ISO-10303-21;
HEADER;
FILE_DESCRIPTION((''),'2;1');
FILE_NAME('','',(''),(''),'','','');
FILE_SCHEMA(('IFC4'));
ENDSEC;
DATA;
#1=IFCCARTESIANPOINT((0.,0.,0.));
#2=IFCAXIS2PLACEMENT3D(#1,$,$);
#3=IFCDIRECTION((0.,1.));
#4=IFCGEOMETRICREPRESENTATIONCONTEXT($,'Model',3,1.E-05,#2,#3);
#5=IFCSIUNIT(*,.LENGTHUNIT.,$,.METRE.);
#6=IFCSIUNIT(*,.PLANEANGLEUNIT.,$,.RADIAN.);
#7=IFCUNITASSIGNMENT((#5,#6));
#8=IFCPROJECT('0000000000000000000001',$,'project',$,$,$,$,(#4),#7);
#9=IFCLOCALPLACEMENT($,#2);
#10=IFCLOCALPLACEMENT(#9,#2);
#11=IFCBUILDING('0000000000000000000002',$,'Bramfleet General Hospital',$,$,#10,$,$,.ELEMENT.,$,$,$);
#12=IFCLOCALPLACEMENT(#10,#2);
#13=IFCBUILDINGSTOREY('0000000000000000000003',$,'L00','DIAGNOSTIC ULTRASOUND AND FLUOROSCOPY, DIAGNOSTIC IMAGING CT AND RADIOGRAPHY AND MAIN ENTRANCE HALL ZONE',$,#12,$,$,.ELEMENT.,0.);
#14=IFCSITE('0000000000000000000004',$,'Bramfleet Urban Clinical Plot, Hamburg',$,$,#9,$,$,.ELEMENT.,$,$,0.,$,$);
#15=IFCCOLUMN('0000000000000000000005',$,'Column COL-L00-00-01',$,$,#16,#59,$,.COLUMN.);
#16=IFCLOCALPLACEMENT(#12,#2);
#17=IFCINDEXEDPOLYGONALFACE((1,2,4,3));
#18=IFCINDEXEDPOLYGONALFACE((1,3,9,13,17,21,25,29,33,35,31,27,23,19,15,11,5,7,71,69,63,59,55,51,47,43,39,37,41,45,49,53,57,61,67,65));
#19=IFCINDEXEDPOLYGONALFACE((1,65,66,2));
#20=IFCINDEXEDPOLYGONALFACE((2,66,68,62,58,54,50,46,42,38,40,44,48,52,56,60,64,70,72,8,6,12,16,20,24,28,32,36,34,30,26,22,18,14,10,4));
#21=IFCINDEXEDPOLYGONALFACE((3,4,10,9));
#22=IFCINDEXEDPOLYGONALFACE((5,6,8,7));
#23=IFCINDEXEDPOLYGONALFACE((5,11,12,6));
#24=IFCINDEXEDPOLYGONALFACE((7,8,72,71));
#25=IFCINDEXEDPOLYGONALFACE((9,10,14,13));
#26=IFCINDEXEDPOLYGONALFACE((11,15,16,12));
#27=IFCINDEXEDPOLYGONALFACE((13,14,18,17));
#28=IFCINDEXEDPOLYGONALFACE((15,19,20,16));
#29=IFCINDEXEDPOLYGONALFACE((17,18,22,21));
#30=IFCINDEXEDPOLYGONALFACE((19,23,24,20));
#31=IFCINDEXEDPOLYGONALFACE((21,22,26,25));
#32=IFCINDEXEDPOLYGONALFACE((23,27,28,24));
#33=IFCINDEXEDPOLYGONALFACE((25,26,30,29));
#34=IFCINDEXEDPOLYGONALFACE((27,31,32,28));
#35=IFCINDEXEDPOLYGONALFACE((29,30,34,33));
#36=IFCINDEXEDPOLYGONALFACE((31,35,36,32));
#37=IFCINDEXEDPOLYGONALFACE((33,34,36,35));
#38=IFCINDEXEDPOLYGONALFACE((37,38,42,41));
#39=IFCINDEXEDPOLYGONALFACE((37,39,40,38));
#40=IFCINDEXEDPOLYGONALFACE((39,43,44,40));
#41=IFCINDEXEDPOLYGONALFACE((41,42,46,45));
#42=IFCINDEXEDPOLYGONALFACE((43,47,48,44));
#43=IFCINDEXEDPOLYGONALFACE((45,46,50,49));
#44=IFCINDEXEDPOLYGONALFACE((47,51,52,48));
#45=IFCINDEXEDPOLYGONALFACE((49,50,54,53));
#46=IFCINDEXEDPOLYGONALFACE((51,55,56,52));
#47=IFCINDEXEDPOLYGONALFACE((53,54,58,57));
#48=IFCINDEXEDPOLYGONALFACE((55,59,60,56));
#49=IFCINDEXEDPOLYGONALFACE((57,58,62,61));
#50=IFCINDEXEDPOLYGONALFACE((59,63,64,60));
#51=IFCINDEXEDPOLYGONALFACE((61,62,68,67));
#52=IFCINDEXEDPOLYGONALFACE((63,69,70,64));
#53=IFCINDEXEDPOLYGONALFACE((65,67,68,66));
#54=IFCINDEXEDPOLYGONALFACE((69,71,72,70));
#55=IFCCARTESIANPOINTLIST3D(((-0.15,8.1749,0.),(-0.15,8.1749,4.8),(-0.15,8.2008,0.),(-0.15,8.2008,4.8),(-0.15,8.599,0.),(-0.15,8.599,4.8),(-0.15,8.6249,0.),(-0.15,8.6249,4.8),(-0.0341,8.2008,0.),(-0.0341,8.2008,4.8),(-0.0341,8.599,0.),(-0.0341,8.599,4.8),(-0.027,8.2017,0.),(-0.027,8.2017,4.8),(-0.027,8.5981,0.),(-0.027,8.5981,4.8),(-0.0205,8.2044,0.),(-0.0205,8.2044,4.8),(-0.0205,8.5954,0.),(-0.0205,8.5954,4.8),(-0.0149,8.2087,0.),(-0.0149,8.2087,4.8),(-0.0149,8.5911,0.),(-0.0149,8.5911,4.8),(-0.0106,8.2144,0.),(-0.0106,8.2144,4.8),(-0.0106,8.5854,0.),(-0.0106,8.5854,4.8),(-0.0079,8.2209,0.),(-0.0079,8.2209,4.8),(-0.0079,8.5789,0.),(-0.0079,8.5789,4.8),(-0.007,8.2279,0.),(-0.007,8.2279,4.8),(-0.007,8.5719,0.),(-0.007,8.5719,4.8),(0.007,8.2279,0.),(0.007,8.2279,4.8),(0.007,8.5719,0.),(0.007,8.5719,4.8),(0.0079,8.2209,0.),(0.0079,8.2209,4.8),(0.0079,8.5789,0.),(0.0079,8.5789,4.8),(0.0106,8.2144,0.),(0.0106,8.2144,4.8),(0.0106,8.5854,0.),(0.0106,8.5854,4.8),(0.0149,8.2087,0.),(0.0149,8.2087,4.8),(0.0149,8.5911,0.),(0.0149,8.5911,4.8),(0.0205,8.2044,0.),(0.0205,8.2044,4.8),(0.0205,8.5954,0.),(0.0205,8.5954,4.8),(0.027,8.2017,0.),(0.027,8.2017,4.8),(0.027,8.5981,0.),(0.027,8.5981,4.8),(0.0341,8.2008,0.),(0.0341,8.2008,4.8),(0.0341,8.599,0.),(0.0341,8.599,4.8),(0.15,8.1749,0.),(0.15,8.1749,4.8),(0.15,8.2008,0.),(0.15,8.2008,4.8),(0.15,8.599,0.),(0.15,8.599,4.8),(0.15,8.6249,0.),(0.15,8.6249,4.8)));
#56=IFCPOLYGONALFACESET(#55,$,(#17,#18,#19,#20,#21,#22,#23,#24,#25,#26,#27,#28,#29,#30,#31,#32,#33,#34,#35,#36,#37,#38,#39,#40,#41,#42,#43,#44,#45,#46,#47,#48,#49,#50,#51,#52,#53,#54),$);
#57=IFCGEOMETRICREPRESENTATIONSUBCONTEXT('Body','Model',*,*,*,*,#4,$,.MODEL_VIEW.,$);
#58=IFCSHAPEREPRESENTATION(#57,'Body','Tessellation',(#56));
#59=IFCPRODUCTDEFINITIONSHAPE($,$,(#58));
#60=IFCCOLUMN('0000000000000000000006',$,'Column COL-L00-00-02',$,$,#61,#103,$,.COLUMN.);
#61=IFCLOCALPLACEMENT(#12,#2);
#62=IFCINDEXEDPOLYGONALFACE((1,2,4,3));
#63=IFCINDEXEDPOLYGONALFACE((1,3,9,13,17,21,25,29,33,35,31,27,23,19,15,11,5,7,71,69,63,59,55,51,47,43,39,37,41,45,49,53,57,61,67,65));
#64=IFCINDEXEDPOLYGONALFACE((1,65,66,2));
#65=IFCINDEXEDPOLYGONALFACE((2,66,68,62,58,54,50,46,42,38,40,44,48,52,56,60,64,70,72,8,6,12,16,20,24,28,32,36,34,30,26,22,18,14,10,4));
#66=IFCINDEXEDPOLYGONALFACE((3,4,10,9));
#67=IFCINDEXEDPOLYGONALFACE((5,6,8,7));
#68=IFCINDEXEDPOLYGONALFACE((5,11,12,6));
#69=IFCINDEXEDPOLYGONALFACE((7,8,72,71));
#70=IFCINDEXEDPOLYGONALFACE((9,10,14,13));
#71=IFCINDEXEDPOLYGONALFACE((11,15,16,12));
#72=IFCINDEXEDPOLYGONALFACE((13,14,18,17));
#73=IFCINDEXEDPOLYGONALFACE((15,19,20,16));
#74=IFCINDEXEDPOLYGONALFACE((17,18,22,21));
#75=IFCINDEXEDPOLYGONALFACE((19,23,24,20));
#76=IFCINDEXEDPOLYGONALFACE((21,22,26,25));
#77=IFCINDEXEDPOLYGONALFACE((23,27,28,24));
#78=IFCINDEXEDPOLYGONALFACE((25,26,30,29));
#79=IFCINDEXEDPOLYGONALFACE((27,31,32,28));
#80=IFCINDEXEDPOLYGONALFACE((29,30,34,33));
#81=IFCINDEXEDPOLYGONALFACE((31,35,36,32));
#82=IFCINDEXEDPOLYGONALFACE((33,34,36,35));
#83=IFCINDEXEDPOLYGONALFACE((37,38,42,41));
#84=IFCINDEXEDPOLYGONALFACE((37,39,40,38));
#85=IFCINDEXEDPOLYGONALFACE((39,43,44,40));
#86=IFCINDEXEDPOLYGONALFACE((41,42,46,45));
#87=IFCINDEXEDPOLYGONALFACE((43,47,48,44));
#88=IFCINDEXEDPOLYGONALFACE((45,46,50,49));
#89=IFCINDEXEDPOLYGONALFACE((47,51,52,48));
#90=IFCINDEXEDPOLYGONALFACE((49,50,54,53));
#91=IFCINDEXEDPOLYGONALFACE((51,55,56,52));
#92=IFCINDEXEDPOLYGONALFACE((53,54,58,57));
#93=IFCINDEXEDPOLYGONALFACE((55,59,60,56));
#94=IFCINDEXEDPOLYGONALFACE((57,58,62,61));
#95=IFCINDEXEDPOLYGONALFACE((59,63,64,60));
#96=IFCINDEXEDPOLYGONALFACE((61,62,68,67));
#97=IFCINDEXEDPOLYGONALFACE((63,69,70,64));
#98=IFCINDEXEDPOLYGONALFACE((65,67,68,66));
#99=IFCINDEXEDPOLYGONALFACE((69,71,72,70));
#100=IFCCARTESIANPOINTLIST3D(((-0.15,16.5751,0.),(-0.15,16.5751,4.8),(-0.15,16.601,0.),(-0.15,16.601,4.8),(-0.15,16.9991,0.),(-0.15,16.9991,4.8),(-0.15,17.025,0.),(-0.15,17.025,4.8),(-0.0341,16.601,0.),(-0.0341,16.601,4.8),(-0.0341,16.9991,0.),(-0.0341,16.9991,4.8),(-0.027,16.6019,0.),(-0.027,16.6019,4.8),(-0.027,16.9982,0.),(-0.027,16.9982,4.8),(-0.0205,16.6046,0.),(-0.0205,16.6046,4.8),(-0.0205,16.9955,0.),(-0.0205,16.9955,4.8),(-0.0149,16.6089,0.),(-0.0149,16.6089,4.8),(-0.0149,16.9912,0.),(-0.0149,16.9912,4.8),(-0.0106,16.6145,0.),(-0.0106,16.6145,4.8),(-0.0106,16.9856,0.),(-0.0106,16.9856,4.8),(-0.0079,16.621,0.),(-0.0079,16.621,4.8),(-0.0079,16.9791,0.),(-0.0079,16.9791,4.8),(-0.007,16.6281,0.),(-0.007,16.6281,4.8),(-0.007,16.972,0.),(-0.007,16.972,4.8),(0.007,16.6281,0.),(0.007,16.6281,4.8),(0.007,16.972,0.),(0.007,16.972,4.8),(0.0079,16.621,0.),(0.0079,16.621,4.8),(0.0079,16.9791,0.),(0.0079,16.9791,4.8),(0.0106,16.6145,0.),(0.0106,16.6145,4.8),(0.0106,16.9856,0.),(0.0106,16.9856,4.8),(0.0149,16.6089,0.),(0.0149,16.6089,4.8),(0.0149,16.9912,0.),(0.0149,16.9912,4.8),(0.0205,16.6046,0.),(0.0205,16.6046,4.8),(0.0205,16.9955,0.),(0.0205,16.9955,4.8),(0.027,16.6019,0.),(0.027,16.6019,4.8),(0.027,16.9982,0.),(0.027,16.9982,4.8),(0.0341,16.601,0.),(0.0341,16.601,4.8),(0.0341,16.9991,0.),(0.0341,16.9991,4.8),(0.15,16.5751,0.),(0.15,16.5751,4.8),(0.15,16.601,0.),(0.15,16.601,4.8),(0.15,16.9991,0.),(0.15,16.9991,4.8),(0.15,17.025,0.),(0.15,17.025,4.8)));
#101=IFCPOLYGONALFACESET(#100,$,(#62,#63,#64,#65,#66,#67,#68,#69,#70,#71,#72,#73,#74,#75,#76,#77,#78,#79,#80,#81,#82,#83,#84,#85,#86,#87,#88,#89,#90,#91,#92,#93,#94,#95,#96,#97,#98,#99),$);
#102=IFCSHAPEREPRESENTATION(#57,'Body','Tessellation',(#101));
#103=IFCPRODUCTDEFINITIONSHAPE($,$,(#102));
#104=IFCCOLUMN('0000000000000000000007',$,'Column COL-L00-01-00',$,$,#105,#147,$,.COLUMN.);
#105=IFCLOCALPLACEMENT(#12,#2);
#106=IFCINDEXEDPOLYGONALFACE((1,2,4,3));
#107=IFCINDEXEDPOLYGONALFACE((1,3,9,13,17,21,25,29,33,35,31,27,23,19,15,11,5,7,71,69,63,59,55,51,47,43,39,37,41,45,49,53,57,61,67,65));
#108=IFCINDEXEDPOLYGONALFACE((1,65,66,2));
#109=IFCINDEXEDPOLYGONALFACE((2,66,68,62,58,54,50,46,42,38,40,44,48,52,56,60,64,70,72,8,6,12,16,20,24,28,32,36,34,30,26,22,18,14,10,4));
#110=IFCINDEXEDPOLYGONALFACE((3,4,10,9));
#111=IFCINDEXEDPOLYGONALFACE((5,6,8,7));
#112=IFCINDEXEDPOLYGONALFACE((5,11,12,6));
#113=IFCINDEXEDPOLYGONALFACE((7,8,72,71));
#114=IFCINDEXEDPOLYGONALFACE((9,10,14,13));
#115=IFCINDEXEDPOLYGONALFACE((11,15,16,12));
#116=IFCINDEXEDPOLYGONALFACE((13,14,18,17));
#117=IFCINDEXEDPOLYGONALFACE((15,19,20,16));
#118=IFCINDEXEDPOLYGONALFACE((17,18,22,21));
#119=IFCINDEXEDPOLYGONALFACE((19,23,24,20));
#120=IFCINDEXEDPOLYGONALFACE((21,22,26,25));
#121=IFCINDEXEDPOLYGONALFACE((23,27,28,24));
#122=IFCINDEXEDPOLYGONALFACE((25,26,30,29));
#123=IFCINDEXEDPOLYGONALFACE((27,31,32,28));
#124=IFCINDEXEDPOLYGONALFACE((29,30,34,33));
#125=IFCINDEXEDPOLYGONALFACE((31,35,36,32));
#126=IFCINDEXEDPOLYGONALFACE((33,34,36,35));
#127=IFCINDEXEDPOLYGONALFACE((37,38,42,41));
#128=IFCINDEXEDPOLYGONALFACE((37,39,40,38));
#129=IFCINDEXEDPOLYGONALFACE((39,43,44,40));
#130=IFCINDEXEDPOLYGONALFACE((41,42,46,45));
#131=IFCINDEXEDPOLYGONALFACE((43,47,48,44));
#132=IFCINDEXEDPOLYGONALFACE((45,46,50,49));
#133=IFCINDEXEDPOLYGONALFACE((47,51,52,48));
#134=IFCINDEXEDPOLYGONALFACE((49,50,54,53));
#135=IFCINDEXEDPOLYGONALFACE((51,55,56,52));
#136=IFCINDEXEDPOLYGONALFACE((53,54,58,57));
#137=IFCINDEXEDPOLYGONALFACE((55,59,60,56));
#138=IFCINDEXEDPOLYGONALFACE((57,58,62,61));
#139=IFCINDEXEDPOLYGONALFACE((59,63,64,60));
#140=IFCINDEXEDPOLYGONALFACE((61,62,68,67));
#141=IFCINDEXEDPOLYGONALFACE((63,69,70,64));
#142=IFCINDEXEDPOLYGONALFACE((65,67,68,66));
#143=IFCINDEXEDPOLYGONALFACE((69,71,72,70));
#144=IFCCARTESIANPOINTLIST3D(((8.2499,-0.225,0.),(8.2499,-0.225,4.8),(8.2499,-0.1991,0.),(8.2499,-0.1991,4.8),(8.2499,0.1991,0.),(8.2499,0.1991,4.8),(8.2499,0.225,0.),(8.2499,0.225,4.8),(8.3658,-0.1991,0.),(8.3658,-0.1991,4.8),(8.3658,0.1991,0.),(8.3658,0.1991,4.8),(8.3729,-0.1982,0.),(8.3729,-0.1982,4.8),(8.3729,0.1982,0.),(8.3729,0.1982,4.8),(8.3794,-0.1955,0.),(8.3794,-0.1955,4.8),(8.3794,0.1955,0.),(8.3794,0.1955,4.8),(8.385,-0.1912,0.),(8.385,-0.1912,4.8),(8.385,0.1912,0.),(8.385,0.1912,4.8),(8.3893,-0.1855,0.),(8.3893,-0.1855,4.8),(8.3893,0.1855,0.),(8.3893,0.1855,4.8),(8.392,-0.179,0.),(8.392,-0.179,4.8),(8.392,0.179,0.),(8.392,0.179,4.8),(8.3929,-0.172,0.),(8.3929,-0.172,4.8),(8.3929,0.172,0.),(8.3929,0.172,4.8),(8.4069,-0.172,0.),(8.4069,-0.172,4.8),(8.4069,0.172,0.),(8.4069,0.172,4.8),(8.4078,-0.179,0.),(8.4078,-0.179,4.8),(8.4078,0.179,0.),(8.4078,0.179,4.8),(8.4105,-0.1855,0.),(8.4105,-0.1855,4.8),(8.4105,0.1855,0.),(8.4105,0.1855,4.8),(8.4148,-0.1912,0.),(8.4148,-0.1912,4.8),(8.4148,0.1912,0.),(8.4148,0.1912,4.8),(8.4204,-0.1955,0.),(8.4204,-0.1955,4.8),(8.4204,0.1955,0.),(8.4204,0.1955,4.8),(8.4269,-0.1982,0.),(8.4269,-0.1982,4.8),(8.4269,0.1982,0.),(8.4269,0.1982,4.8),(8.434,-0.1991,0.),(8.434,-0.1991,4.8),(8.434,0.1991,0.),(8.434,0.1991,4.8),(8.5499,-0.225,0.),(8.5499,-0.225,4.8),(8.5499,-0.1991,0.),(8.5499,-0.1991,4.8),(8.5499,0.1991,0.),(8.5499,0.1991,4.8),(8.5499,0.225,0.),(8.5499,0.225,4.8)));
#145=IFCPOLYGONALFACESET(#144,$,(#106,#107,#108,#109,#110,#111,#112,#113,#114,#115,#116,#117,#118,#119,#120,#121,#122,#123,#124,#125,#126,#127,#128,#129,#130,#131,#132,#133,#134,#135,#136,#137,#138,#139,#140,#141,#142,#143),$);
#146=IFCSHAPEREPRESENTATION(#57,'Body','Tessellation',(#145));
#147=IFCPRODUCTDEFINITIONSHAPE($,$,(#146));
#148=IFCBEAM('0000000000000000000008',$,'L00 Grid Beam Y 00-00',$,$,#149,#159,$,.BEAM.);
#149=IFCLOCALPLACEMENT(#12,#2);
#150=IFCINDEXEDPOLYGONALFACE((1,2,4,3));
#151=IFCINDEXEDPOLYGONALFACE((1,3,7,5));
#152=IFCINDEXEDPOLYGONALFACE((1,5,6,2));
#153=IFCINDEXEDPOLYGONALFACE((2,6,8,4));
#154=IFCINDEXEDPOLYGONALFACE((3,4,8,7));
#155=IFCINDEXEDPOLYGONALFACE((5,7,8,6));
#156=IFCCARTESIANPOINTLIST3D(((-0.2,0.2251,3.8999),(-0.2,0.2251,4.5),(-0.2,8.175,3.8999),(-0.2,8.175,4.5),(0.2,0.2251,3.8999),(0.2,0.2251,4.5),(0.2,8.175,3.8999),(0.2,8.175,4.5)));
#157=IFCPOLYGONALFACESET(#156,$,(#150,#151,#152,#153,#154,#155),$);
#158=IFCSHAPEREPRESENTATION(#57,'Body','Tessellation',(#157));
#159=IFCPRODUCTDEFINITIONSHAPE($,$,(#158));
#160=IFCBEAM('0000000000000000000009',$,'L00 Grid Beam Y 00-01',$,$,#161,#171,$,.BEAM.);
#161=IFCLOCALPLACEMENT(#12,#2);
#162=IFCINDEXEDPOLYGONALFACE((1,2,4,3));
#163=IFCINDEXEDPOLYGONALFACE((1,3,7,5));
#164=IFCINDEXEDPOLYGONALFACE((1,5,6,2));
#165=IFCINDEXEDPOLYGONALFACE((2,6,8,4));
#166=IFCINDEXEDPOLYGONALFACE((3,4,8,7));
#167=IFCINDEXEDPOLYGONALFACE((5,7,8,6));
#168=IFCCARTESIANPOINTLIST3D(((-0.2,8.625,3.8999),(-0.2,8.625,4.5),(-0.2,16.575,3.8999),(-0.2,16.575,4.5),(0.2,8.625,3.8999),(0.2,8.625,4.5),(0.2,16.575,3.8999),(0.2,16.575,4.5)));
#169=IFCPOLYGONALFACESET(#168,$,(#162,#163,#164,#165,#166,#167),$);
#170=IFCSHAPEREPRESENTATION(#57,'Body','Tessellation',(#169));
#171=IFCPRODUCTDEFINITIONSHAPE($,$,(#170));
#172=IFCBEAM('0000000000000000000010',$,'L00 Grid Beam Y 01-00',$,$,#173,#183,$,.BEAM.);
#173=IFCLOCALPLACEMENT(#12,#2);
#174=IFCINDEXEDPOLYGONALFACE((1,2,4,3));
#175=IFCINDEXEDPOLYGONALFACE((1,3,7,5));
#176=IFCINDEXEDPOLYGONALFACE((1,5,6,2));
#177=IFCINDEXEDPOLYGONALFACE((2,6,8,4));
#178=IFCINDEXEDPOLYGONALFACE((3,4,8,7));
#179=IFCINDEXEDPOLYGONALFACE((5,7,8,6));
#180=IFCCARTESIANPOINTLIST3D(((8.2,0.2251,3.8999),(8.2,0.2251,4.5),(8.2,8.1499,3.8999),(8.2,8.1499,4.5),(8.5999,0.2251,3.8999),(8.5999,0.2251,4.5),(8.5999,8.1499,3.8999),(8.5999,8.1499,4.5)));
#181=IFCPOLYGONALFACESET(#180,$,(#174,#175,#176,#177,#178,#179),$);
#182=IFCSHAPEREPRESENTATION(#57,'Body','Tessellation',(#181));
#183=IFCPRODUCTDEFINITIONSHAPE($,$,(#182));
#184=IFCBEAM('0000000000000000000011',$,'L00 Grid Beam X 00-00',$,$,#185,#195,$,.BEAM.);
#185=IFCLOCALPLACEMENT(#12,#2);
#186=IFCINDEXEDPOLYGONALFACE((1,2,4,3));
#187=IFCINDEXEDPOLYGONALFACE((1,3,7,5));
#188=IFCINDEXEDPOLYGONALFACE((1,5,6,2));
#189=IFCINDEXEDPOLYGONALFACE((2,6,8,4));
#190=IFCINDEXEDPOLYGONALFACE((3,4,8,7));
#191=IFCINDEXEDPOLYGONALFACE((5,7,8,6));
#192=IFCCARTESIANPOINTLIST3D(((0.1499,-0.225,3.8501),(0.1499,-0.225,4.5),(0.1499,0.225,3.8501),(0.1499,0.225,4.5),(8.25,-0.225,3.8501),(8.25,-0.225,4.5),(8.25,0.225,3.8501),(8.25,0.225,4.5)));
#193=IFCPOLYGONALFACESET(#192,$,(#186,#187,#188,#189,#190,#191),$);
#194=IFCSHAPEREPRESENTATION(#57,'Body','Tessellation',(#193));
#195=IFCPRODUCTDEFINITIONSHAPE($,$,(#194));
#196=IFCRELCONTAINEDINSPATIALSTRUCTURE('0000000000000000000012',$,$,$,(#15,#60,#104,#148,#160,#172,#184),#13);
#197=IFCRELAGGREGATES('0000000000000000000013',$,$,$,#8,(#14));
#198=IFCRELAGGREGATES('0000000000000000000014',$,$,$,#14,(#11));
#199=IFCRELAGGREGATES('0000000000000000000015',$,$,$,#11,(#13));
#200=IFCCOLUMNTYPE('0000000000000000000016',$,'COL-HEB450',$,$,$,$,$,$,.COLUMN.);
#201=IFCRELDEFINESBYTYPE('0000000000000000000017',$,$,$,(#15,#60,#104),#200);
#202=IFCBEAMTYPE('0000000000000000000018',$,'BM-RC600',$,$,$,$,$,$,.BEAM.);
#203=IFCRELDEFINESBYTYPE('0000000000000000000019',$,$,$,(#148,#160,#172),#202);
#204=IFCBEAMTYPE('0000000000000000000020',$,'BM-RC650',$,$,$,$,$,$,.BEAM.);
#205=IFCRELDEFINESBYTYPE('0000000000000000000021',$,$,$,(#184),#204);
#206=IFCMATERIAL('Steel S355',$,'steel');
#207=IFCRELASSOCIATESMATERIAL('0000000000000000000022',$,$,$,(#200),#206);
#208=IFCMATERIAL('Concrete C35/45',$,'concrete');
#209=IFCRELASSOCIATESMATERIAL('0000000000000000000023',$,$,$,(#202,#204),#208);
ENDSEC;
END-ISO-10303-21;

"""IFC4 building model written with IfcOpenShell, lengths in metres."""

from ifc_helpers import new_model, si_unit, direction, frame, origin, origin_2d, place, context, subcontext, project, spatial, rectangle, i_section, extrude, material, material_profile, profile_set, type_object, element, save


model = new_model("IFC4")

# Units and contexts
model_context = context("Model", 3, precision=1e-05, world=origin(), true_north=direction((0.0, 1.0)))
body_context = subcontext(model_context, "Body", "Model", "MODEL_VIEW")
ifc_project = project(units=[si_unit("LENGTHUNIT", "METRE"), si_unit("PLANEANGLEUNIT", "RADIAN")], contexts=[model_context])

# Site, building, storey
site_placement = place(None, origin())
site = spatial("IfcSite", under=ifc_project, at=site_placement, Name="Bramfleet Urban Clinical Plot, Hamburg", CompositionType="ELEMENT", RefElevation=0.0)
building_placement = place(site_placement, origin())
building = spatial("IfcBuilding", under=site, at=building_placement, Name="Bramfleet General Hospital", CompositionType="ELEMENT")
storey_placement = place(building_placement, origin())
storey = spatial("IfcBuildingStorey", under=building, at=storey_placement, Name="L00", Description="DIAGNOSTIC ULTRASOUND AND FLUOROSCOPY, DIAGNOSTIC IMAGING CT AND RADIOGRAPHY AND MAIN ENTRANCE HALL ZONE", CompositionType="ELEMENT", Elevation=0.0)

# Columns
ifc_material_1 = material(Name="Steel S355", Category="steel")
ifc_material_profile_1 = material_profile(ifc_material_1, i_section(OverallWidth=0.3, OverallDepth=0.45, WebThickness=0.0139, FlangeThickness=0.0259, FilletRadius=0.0271, at=origin_2d()), Name="HEB 450")
ifc_profile_set_1 = profile_set([ifc_material_profile_1], Name="Steel S355")
column_type = type_object("IfcColumnType", Name="COL-HEB450", PredefinedType="COLUMN", material=ifc_profile_set_1)
for number, where, z_axis, x_axis, name in (
    (1, (0.0, 8.3999, 0.0), (0.0, 0.0, 1.0), (1.0, 0.0, 0.0), "Column COL-L00-00-01"),
    (2, (0.0, 16.8, 0.0), (0.0, 0.0, 1.0), (1.0, 0.0, 0.0), "Column COL-L00-00-02"),
    (3, (8.3999, 0.0, 0.0), (0.0, 0.0, 1.0), (1.0, 0.0, 0.0), "Column COL-L00-01-00"),
):
    element("IfcColumn", number, at=place(storey_placement, frame(where, z_axis=z_axis, x_axis=x_axis)), inside=storey, type_object=column_type, Name=name, PredefinedType="COLUMN", context=body_context, shape_type="SweptSolid", body=[
        extrude(i_section(OverallWidth=0.3, OverallDepth=0.45, WebThickness=0.0139, FlangeThickness=0.0259, FilletRadius=0.0271, at=origin_2d()), origin(), (0.0, 0.0, 1.0), 4.8),
    ])

# Beams
ifc_material_2 = material(Name="Concrete C35/45", Category="concrete")
ifc_material_profile_2 = material_profile(ifc_material_2, rectangle(XDim=0.3999, YDim=0.6001, at=origin_2d()), Name="RC BM 600x400")
ifc_profile_set_2 = profile_set([ifc_material_profile_2], Name="Concrete C35/45")
beam_type_1 = type_object("IfcBeamType", Name="BM-RC600", PredefinedType="BEAM", material=ifc_profile_set_2)
for number, where, z_axis, x_axis, name in (
    (4, (0.0, 0.2251, 4.2), (0.0, 1.0, 0.0), (-1.0, 0.0, 0.0), "L00 Grid Beam Y 00-00"),
    (5, (0.0, 8.625, 4.2), (0.0, 1.0, 0.0), (-1.0, 0.0, 0.0), "L00 Grid Beam Y 00-01"),
):
    element("IfcBeam", number, at=place(storey_placement, frame(where, z_axis=z_axis, x_axis=x_axis)), inside=storey, type_object=beam_type_1, Name=name, PredefinedType="BEAM", context=body_context, shape_type="SweptSolid", body=[
        extrude(rectangle(XDim=0.3999, YDim=0.6001, at=origin_2d()), origin(), (0.0, 0.0, 1.0), 7.95),
    ])
beam_1_placement = place(storey_placement, frame((8.3999, 0.2251, 4.2), z_axis=(0.0, 1.0, 0.0), x_axis=(-1.0, 0.0, 0.0)))
element("IfcBeam", 6, at=beam_1_placement, inside=storey, type_object=beam_type_1, Name="L00 Grid Beam Y 01-00", PredefinedType="BEAM", context=body_context, shape_type="SweptSolid", body=[
    extrude(rectangle(XDim=0.3999, YDim=0.6001, at=origin_2d()), origin(), (0.0, 0.0, 1.0), 7.9248),
])
ifc_material_profile_3 = material_profile(ifc_material_2, rectangle(XDim=0.45, YDim=0.6499, at=origin_2d()), Name="RC BM 650x450")
ifc_profile_set_3 = profile_set([ifc_material_profile_3], Name="Concrete C35/45")
beam_type_2 = type_object("IfcBeamType", Name="BM-RC650", PredefinedType="BEAM", material=ifc_profile_set_3)
beam_2_placement = place(storey_placement, frame((0.1499, 0.0, 4.175), z_axis=(1.0, 0.0, 0.0), x_axis=(0.0, 1.0, 0.0)))
element("IfcBeam", 7, at=beam_2_placement, inside=storey, type_object=beam_type_2, Name="L00 Grid Beam X 00-00", PredefinedType="BEAM", context=body_context, shape_type="SweptSolid", body=[
    extrude(rectangle(XDim=0.45, YDim=0.6499, at=origin_2d()), origin(), (0.0, 0.0, 1.0), 8.1001),
])

save(model, "model.ifc")
